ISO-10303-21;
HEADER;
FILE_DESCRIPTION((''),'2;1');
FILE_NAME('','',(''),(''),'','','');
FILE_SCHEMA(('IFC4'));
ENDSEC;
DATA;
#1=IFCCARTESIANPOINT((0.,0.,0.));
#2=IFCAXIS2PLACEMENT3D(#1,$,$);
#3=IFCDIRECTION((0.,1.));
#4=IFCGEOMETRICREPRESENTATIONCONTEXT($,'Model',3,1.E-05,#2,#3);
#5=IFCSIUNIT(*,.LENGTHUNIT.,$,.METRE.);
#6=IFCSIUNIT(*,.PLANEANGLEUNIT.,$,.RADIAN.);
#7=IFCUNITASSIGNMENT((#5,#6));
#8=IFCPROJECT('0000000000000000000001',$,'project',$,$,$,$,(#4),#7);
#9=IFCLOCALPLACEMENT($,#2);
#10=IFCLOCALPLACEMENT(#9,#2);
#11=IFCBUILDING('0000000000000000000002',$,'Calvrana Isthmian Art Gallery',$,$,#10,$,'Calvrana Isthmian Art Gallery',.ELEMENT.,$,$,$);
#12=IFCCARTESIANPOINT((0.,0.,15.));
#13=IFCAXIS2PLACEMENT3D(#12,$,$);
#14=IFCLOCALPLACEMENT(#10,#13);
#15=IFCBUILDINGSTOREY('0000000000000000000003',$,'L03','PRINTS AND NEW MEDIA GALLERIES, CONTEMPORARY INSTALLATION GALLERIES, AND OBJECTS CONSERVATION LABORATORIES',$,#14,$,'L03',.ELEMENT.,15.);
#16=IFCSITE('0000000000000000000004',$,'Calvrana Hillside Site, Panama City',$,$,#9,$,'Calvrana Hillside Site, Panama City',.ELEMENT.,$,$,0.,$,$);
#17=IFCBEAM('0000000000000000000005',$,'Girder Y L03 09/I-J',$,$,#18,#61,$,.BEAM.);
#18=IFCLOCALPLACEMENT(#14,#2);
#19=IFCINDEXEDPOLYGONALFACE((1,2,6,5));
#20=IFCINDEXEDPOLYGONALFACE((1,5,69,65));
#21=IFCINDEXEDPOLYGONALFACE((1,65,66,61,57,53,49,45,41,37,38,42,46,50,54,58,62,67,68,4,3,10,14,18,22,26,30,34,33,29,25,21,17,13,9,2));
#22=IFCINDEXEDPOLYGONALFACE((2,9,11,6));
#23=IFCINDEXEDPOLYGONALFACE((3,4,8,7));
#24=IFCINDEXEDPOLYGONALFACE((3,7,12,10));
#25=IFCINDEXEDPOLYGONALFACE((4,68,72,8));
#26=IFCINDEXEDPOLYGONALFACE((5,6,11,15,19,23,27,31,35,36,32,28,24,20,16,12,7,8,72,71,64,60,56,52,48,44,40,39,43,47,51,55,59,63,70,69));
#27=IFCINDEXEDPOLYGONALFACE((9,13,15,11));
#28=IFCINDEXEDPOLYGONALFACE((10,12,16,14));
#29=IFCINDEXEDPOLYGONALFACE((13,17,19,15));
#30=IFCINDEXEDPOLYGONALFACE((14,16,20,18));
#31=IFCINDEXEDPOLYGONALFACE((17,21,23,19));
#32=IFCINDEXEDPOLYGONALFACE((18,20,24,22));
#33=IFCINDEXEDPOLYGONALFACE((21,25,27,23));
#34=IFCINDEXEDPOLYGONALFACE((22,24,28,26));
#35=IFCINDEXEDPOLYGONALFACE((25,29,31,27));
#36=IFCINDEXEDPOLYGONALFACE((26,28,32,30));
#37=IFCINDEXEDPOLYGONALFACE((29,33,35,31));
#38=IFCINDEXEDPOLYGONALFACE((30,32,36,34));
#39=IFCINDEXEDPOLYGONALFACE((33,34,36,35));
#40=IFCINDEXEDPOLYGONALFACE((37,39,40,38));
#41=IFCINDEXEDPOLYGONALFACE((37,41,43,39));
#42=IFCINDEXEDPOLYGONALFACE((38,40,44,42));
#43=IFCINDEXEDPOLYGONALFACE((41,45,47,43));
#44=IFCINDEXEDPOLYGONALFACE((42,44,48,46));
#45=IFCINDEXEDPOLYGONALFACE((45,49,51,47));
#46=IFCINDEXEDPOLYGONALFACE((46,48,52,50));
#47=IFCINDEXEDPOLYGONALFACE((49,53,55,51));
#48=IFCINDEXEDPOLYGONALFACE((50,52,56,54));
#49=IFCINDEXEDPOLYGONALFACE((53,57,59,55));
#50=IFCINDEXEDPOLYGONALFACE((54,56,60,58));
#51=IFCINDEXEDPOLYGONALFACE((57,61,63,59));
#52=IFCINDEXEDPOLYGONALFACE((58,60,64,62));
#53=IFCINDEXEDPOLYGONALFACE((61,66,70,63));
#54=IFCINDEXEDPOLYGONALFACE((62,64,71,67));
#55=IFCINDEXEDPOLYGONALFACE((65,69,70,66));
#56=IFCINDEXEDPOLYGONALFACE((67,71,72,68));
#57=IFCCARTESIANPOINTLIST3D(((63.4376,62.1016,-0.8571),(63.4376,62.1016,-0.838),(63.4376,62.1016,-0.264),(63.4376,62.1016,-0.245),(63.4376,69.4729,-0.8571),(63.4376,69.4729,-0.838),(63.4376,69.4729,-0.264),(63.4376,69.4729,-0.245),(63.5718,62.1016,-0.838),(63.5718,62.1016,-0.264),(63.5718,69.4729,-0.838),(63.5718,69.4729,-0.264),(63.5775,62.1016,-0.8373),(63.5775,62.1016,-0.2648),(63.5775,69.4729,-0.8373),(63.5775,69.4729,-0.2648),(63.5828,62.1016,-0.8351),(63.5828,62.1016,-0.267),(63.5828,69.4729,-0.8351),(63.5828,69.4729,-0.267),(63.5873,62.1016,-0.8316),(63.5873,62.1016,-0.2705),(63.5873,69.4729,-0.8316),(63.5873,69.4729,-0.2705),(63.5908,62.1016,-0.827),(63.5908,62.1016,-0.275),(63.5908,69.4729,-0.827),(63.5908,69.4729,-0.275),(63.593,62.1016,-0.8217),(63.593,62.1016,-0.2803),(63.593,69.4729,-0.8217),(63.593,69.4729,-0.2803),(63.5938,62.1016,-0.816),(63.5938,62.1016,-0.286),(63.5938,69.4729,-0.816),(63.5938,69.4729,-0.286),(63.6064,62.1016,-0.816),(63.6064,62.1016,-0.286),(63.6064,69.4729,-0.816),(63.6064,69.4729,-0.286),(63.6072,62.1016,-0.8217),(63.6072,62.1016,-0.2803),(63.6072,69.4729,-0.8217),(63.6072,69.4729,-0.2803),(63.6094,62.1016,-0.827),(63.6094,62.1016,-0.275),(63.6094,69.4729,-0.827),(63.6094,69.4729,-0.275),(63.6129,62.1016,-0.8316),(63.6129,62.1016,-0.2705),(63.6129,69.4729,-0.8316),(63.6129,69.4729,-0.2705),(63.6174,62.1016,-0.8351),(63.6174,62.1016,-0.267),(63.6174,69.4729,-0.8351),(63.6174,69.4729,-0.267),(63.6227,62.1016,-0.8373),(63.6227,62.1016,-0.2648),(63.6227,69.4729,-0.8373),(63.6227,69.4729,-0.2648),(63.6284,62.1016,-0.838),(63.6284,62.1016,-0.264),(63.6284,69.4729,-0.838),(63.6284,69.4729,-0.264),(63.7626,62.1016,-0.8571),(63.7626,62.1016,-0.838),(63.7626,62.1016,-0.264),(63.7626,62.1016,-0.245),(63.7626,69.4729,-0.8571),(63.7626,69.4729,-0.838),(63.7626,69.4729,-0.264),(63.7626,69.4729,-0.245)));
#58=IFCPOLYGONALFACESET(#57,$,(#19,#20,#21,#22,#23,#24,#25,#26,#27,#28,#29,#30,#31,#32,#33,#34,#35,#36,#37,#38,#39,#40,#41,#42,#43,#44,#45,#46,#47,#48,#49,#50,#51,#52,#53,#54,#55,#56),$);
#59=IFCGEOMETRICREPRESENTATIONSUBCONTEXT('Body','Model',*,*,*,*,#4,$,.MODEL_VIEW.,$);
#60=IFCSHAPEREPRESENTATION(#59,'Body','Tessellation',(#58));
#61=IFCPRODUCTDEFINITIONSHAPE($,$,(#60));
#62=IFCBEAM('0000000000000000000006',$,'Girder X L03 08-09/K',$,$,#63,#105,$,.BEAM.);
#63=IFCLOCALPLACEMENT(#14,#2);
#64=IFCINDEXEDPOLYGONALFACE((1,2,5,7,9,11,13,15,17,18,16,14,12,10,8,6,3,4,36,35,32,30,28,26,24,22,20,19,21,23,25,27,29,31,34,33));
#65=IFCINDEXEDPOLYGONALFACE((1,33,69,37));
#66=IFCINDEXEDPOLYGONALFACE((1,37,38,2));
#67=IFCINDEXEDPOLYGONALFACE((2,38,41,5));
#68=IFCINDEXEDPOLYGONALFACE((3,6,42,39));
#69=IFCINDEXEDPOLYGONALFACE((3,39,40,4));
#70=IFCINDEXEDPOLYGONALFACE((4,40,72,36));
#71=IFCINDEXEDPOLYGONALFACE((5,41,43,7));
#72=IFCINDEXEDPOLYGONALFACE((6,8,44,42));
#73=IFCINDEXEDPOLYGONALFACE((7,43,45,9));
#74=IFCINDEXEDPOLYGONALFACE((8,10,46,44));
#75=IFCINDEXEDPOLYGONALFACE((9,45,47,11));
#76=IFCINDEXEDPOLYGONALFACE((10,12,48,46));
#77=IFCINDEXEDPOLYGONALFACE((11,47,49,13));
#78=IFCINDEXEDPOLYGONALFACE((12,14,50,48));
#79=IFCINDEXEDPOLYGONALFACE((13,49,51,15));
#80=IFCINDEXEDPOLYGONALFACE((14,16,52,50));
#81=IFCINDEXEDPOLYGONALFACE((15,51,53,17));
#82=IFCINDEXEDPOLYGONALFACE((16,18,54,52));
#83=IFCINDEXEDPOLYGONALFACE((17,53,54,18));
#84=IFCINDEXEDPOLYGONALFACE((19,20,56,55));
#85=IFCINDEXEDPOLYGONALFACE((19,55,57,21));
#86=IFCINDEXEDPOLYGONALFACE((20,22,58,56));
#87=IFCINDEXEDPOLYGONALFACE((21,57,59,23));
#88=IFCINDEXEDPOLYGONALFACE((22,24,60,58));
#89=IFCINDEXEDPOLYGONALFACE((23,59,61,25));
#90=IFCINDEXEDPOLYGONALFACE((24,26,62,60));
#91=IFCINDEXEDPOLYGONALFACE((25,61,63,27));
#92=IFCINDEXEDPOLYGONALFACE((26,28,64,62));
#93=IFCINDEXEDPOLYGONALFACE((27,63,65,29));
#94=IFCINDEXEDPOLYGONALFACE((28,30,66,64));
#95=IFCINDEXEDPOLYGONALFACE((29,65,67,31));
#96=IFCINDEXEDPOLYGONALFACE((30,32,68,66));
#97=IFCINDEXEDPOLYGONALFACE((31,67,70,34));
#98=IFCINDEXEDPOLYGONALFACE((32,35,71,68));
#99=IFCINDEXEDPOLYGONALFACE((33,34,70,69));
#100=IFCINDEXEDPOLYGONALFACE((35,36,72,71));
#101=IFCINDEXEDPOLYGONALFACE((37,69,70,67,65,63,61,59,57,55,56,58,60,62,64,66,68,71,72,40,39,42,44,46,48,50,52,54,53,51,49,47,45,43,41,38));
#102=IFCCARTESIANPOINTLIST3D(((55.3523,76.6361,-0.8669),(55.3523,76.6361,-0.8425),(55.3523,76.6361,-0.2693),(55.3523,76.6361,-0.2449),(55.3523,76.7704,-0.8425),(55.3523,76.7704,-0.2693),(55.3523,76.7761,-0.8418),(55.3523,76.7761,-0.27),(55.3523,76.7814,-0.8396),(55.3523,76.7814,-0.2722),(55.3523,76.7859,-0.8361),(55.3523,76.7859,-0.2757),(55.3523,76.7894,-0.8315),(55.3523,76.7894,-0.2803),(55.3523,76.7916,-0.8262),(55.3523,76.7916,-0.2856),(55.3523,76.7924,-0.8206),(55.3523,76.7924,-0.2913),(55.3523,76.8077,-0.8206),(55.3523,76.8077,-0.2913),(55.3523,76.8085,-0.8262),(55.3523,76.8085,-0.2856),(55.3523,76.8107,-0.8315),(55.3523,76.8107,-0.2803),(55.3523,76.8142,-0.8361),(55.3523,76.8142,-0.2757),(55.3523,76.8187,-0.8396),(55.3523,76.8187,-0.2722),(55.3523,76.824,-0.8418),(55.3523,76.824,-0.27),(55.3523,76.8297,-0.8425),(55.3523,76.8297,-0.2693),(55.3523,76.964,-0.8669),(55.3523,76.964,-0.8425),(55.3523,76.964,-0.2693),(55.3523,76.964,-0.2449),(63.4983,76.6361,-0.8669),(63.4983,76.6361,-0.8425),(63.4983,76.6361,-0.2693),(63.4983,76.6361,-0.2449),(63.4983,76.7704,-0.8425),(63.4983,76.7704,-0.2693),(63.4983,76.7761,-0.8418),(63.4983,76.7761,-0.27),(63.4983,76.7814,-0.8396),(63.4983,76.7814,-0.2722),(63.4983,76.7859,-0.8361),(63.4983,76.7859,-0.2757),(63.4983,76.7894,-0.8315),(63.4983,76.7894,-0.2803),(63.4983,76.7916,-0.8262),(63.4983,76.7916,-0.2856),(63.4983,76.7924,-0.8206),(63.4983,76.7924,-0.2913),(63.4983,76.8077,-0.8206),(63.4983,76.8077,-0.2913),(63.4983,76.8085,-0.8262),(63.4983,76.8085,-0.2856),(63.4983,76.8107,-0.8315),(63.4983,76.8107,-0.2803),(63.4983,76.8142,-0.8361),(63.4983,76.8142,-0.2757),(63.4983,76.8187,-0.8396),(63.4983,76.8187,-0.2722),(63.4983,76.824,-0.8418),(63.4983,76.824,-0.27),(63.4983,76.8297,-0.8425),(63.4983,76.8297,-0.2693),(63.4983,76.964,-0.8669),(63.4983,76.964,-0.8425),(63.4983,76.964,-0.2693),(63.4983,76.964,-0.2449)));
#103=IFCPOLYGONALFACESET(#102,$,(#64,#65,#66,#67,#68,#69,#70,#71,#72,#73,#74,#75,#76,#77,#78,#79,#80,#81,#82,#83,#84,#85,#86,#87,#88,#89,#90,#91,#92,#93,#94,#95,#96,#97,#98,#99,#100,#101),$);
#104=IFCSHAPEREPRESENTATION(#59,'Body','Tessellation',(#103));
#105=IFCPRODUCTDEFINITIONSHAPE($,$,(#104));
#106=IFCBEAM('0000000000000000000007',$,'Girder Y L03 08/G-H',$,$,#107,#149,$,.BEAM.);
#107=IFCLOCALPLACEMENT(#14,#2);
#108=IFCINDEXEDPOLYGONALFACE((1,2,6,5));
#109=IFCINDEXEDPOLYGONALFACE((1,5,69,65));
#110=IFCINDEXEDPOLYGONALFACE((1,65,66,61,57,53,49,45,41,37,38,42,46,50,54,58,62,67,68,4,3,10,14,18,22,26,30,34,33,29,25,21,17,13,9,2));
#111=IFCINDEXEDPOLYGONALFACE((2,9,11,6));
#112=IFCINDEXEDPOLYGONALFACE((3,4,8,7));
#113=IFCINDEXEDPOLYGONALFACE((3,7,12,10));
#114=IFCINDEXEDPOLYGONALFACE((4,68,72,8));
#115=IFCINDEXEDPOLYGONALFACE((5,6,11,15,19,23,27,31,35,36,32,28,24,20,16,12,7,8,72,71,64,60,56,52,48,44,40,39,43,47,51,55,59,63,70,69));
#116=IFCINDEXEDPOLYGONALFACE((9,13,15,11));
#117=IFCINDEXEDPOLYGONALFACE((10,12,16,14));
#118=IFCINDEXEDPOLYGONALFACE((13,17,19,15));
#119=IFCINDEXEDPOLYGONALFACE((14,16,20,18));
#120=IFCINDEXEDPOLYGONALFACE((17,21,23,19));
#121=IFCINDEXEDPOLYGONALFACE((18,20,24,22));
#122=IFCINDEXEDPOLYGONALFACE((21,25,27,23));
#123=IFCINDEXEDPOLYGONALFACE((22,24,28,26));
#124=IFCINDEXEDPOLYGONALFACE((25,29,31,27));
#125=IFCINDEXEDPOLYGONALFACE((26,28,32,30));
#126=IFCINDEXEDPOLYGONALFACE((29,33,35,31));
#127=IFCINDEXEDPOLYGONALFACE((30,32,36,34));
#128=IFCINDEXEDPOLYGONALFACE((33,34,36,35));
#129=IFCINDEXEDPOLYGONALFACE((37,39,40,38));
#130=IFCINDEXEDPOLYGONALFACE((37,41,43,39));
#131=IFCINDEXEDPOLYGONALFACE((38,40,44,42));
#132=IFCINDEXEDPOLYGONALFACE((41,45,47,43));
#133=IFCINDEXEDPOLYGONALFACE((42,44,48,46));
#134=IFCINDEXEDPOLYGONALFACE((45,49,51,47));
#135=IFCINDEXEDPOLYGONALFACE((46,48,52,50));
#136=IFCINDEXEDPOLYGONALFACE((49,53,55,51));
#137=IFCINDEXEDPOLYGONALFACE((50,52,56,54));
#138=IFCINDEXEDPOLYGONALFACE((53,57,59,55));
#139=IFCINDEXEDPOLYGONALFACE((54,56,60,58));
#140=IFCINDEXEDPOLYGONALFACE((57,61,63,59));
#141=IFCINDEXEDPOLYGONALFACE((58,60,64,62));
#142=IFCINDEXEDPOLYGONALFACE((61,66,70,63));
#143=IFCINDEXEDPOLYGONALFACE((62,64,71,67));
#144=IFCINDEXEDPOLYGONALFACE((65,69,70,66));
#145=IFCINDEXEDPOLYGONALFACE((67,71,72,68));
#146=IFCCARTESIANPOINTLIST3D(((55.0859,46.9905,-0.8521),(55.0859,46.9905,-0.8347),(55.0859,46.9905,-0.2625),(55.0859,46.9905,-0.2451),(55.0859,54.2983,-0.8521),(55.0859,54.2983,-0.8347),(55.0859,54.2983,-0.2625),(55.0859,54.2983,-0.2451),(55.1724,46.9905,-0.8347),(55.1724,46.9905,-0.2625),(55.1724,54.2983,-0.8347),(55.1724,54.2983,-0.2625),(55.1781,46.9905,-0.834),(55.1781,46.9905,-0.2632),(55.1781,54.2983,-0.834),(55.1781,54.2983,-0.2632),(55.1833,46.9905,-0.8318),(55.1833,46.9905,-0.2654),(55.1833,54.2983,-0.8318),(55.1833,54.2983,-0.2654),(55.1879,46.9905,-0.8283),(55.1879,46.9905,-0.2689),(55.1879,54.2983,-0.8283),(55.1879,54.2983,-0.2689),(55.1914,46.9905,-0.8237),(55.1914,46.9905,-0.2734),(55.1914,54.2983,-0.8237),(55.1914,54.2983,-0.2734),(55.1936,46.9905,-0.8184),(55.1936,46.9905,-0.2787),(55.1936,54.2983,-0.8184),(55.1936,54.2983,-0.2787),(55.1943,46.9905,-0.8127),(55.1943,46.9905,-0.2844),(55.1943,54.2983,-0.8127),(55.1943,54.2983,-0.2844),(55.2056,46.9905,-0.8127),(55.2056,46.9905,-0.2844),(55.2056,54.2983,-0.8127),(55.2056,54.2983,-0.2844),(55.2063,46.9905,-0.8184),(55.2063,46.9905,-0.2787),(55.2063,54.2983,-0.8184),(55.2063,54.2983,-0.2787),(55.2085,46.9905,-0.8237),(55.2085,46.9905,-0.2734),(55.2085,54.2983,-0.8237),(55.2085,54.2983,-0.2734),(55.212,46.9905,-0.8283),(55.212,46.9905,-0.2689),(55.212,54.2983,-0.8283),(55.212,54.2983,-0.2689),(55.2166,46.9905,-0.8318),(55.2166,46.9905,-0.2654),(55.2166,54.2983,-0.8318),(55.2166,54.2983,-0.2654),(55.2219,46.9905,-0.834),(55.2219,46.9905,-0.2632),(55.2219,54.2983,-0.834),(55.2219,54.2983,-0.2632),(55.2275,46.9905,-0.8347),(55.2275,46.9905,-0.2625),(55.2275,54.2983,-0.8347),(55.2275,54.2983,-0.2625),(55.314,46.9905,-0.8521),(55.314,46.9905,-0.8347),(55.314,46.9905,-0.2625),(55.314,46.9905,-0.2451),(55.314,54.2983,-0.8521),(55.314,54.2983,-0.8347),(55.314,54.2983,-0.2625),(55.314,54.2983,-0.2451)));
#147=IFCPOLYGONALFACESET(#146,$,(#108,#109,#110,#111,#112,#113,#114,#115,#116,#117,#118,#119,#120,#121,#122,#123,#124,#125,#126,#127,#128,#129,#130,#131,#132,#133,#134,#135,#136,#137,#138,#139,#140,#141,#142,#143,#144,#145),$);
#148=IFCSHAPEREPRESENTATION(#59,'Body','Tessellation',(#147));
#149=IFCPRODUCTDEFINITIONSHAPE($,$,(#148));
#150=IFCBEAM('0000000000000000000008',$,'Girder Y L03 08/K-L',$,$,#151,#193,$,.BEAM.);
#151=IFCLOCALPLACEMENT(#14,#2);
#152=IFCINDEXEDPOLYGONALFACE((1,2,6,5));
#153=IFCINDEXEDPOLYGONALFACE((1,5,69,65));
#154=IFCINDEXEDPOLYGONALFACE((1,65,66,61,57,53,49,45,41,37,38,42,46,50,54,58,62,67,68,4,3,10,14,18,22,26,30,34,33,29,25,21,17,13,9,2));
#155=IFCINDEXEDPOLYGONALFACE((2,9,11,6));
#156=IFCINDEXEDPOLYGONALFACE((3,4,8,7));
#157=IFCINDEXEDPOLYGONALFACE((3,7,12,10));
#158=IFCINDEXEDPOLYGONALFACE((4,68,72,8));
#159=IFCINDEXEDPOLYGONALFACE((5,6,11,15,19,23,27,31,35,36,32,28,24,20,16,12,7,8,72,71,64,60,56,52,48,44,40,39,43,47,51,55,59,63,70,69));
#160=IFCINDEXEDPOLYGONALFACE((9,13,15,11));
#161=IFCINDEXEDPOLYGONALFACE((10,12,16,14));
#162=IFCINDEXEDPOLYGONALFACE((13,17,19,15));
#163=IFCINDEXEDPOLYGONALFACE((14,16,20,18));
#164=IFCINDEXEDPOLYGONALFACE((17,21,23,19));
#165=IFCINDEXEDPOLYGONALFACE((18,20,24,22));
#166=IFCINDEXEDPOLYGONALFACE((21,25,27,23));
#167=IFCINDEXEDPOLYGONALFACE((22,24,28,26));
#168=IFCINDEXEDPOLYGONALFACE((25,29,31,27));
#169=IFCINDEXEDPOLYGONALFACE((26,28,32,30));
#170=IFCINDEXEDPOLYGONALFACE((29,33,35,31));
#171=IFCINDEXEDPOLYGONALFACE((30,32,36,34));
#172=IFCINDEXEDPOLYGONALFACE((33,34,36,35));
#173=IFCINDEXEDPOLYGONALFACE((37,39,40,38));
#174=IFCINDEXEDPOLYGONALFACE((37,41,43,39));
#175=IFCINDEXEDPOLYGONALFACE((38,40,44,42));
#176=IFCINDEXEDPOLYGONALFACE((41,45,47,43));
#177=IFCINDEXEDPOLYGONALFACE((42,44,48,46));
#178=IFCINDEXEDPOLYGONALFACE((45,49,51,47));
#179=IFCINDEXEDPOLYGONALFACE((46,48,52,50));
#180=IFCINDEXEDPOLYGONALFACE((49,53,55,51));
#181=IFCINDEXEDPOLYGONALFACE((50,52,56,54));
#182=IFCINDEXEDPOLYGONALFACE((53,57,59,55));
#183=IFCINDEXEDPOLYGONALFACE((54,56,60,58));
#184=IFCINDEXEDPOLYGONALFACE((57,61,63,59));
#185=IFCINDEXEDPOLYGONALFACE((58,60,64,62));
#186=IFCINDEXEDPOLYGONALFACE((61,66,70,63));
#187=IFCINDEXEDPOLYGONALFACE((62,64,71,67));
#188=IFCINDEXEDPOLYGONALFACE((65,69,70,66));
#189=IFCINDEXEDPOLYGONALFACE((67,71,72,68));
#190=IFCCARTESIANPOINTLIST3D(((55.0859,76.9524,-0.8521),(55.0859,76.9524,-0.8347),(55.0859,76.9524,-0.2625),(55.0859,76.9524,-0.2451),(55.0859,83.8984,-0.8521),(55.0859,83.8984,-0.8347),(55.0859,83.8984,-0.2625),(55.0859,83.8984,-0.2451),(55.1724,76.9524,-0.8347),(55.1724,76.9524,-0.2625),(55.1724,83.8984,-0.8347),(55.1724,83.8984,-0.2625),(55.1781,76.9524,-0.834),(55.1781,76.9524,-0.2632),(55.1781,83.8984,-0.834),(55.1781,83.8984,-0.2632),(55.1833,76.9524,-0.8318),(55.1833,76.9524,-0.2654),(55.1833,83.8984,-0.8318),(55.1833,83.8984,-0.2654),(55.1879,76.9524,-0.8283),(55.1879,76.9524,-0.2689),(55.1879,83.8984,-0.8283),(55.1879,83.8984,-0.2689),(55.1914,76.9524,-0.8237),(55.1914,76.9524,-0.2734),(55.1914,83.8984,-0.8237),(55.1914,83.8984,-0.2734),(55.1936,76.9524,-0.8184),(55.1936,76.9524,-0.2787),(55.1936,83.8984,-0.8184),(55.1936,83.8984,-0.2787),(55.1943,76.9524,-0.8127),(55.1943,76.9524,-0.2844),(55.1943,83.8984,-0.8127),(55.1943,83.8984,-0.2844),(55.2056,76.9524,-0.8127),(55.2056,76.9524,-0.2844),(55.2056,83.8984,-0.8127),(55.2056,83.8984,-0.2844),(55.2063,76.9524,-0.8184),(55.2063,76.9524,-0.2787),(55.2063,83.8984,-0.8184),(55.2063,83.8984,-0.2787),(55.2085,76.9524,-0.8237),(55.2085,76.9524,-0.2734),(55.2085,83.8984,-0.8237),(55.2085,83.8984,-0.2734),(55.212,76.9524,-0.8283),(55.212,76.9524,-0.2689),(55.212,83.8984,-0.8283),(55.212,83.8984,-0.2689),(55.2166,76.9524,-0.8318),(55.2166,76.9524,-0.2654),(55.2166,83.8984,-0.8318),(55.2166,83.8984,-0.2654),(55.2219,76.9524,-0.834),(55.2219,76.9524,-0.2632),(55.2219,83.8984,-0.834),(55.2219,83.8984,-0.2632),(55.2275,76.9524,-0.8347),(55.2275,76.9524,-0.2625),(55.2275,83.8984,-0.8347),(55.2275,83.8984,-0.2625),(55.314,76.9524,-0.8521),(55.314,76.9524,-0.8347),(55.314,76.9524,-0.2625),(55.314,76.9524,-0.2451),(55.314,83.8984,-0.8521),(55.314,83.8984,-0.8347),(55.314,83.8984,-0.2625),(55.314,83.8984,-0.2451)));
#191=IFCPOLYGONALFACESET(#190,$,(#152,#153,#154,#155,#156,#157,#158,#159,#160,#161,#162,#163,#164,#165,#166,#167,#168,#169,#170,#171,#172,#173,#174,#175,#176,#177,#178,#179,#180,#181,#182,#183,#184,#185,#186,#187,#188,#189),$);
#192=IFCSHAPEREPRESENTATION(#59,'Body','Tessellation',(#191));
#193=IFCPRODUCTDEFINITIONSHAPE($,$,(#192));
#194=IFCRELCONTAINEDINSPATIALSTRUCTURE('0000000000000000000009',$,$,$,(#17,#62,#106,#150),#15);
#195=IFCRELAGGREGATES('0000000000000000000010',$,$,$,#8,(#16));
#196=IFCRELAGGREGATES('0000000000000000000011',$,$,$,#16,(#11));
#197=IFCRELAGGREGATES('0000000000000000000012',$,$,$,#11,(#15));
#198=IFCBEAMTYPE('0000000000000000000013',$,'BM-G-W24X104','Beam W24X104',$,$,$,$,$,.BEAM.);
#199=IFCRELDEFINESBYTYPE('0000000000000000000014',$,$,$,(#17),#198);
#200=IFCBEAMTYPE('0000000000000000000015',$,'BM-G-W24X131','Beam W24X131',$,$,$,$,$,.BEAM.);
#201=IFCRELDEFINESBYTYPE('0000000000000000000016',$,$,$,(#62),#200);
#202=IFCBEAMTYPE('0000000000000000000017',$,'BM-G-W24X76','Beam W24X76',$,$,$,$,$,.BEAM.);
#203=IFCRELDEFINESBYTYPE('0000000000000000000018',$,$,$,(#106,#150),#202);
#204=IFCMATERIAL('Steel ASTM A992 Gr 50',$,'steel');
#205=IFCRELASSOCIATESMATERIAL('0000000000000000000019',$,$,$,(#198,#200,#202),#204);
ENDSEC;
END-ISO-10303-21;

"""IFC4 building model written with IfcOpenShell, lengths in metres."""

from ifc_helpers import new_model, si_unit, direction, frame, origin, origin_2d, place, context, subcontext, project, spatial, i_section, extrude, material, material_profile, profile_set, type_object, element, save


model = new_model("IFC4")

# Units and contexts
model_context = context("Model", 3, precision=1e-05, world=origin(), true_north=direction((0.0, 1.0)))
body_context = subcontext(model_context, "Body", "Model", "MODEL_VIEW")
ifc_project = project(units=[si_unit("LENGTHUNIT", "METRE"), si_unit("PLANEANGLEUNIT", "RADIAN")], contexts=[model_context])

# Site, building, storey
site_placement = place(None, origin())
site = spatial("IfcSite", under=ifc_project, at=site_placement, Name="Calvrana Hillside Site, Panama City", LongName="Calvrana Hillside Site, Panama City", CompositionType="ELEMENT", RefElevation=0.0)
building_placement = place(site_placement, origin())
building = spatial("IfcBuilding", under=site, at=building_placement, Name="Calvrana Isthmian Art Gallery", LongName="Calvrana Isthmian Art Gallery", CompositionType="ELEMENT")
storey_placement = place(building_placement, frame((0.0, 0.0, 15.0)))
storey = spatial("IfcBuildingStorey", under=building, at=storey_placement, Name="L03", Description="PRINTS AND NEW MEDIA GALLERIES, CONTEMPORARY INSTALLATION GALLERIES, AND OBJECTS CONSERVATION LABORATORIES", LongName="L03", CompositionType="ELEMENT", Elevation=15.0)

# Shared definitions
ifc_material_1 = material(Name="Steel ASTM A992 Gr 50", Category="steel")

# Beams
ifc_material_profile_1 = material_profile(ifc_material_1, i_section(OverallWidth=0.325, OverallDepth=0.6121, WebThickness=0.0127, FlangeThickness=0.019, FilletRadius=0.022, at=origin_2d()), Name="W24X104")
ifc_profile_set_1 = profile_set([ifc_material_profile_1], Name="Steel ASTM A992 Gr 50")
beam_type_1 = type_object("IfcBeamType", Name="BM-G-W24X104", Description="Beam W24X104", PredefinedType="BEAM", material=ifc_profile_set_1)
beam_1_placement = place(storey_placement, frame((63.6001, 62.1016, -0.551), z_axis=(0.0, 1.0, 0.0), x_axis=(-1.0, 0.0, 0.0)))
element("IfcBeam", 1, at=beam_1_placement, inside=storey, type_object=beam_type_1, Name="Girder Y L03 09/I-J", PredefinedType="BEAM", context=body_context, shape_type="SweptSolid", body=[
    extrude(i_section(OverallWidth=0.325, OverallDepth=0.6121, WebThickness=0.0127, FlangeThickness=0.019, FilletRadius=0.022, at=origin_2d()), origin(), (0.0, 0.0, 1.0), 7.3713),
])
ifc_material_profile_2 = material_profile(ifc_material_1, i_section(OverallWidth=0.3279, OverallDepth=0.6221, WebThickness=0.0154, FlangeThickness=0.0244, FilletRadius=0.022, at=origin_2d()), Name="W24X131")
ifc_profile_set_2 = profile_set([ifc_material_profile_2], Name="Steel ASTM A992 Gr 50")
beam_type_2 = type_object("IfcBeamType", Name="BM-G-W24X131", Description="Beam W24X131", PredefinedType="BEAM", material=ifc_profile_set_2)
beam_2_placement = place(storey_placement, frame((55.3523, 76.8, -0.5559), z_axis=(1.0, 0.0, 0.0), x_axis=(0.0, 1.0, 0.0)))
element("IfcBeam", 2, at=beam_2_placement, inside=storey, type_object=beam_type_2, Name="Girder X L03 08-09/K", PredefinedType="BEAM", context=body_context, shape_type="SweptSolid", body=[
    extrude(i_section(OverallWidth=0.3279, OverallDepth=0.6221, WebThickness=0.0154, FlangeThickness=0.0244, FilletRadius=0.022, at=origin_2d()), origin(), (0.0, 0.0, 1.0), 8.146),
])
ifc_material_profile_3 = material_profile(ifc_material_1, i_section(OverallWidth=0.228, OverallDepth=0.6069, WebThickness=0.0112, FlangeThickness=0.0173, FilletRadius=0.022, at=origin_2d()), Name="W24X76")
ifc_profile_set_3 = profile_set([ifc_material_profile_3], Name="Steel ASTM A992 Gr 50")
beam_type_3 = type_object("IfcBeamType", Name="BM-G-W24X76", Description="Beam W24X76", PredefinedType="BEAM", material=ifc_profile_set_3)
beam_3_placement = place(storey_placement, frame((55.2, 46.9905, -0.5486), z_axis=(0.0, 1.0, 0.0), x_axis=(-1.0, 0.0, 0.0)))
element("IfcBeam", 3, at=beam_3_placement, inside=storey, type_object=beam_type_3, Name="Girder Y L03 08/G-H", PredefinedType="BEAM", context=body_context, shape_type="SweptSolid", body=[
    extrude(i_section(OverallWidth=0.228, OverallDepth=0.6069, WebThickness=0.0112, FlangeThickness=0.0173, FilletRadius=0.022, at=origin_2d()), origin(), (0.0, 0.0, 1.0), 7.3079),
])
beam_4_placement = place(storey_placement, frame((55.2, 76.9524, -0.5486), z_axis=(0.0, 1.0, 0.0), x_axis=(-1.0, 0.0, 0.0)))
element("IfcBeam", 4, at=beam_4_placement, inside=storey, type_object=beam_type_3, Name="Girder Y L03 08/K-L", PredefinedType="BEAM", context=body_context, shape_type="SweptSolid", body=[
    extrude(i_section(OverallWidth=0.228, OverallDepth=0.6069, WebThickness=0.0112, FlangeThickness=0.0173, FilletRadius=0.022, at=origin_2d()), origin(), (0.0, 0.0, 1.0), 6.946),
])

save(model, "model.ifc")
